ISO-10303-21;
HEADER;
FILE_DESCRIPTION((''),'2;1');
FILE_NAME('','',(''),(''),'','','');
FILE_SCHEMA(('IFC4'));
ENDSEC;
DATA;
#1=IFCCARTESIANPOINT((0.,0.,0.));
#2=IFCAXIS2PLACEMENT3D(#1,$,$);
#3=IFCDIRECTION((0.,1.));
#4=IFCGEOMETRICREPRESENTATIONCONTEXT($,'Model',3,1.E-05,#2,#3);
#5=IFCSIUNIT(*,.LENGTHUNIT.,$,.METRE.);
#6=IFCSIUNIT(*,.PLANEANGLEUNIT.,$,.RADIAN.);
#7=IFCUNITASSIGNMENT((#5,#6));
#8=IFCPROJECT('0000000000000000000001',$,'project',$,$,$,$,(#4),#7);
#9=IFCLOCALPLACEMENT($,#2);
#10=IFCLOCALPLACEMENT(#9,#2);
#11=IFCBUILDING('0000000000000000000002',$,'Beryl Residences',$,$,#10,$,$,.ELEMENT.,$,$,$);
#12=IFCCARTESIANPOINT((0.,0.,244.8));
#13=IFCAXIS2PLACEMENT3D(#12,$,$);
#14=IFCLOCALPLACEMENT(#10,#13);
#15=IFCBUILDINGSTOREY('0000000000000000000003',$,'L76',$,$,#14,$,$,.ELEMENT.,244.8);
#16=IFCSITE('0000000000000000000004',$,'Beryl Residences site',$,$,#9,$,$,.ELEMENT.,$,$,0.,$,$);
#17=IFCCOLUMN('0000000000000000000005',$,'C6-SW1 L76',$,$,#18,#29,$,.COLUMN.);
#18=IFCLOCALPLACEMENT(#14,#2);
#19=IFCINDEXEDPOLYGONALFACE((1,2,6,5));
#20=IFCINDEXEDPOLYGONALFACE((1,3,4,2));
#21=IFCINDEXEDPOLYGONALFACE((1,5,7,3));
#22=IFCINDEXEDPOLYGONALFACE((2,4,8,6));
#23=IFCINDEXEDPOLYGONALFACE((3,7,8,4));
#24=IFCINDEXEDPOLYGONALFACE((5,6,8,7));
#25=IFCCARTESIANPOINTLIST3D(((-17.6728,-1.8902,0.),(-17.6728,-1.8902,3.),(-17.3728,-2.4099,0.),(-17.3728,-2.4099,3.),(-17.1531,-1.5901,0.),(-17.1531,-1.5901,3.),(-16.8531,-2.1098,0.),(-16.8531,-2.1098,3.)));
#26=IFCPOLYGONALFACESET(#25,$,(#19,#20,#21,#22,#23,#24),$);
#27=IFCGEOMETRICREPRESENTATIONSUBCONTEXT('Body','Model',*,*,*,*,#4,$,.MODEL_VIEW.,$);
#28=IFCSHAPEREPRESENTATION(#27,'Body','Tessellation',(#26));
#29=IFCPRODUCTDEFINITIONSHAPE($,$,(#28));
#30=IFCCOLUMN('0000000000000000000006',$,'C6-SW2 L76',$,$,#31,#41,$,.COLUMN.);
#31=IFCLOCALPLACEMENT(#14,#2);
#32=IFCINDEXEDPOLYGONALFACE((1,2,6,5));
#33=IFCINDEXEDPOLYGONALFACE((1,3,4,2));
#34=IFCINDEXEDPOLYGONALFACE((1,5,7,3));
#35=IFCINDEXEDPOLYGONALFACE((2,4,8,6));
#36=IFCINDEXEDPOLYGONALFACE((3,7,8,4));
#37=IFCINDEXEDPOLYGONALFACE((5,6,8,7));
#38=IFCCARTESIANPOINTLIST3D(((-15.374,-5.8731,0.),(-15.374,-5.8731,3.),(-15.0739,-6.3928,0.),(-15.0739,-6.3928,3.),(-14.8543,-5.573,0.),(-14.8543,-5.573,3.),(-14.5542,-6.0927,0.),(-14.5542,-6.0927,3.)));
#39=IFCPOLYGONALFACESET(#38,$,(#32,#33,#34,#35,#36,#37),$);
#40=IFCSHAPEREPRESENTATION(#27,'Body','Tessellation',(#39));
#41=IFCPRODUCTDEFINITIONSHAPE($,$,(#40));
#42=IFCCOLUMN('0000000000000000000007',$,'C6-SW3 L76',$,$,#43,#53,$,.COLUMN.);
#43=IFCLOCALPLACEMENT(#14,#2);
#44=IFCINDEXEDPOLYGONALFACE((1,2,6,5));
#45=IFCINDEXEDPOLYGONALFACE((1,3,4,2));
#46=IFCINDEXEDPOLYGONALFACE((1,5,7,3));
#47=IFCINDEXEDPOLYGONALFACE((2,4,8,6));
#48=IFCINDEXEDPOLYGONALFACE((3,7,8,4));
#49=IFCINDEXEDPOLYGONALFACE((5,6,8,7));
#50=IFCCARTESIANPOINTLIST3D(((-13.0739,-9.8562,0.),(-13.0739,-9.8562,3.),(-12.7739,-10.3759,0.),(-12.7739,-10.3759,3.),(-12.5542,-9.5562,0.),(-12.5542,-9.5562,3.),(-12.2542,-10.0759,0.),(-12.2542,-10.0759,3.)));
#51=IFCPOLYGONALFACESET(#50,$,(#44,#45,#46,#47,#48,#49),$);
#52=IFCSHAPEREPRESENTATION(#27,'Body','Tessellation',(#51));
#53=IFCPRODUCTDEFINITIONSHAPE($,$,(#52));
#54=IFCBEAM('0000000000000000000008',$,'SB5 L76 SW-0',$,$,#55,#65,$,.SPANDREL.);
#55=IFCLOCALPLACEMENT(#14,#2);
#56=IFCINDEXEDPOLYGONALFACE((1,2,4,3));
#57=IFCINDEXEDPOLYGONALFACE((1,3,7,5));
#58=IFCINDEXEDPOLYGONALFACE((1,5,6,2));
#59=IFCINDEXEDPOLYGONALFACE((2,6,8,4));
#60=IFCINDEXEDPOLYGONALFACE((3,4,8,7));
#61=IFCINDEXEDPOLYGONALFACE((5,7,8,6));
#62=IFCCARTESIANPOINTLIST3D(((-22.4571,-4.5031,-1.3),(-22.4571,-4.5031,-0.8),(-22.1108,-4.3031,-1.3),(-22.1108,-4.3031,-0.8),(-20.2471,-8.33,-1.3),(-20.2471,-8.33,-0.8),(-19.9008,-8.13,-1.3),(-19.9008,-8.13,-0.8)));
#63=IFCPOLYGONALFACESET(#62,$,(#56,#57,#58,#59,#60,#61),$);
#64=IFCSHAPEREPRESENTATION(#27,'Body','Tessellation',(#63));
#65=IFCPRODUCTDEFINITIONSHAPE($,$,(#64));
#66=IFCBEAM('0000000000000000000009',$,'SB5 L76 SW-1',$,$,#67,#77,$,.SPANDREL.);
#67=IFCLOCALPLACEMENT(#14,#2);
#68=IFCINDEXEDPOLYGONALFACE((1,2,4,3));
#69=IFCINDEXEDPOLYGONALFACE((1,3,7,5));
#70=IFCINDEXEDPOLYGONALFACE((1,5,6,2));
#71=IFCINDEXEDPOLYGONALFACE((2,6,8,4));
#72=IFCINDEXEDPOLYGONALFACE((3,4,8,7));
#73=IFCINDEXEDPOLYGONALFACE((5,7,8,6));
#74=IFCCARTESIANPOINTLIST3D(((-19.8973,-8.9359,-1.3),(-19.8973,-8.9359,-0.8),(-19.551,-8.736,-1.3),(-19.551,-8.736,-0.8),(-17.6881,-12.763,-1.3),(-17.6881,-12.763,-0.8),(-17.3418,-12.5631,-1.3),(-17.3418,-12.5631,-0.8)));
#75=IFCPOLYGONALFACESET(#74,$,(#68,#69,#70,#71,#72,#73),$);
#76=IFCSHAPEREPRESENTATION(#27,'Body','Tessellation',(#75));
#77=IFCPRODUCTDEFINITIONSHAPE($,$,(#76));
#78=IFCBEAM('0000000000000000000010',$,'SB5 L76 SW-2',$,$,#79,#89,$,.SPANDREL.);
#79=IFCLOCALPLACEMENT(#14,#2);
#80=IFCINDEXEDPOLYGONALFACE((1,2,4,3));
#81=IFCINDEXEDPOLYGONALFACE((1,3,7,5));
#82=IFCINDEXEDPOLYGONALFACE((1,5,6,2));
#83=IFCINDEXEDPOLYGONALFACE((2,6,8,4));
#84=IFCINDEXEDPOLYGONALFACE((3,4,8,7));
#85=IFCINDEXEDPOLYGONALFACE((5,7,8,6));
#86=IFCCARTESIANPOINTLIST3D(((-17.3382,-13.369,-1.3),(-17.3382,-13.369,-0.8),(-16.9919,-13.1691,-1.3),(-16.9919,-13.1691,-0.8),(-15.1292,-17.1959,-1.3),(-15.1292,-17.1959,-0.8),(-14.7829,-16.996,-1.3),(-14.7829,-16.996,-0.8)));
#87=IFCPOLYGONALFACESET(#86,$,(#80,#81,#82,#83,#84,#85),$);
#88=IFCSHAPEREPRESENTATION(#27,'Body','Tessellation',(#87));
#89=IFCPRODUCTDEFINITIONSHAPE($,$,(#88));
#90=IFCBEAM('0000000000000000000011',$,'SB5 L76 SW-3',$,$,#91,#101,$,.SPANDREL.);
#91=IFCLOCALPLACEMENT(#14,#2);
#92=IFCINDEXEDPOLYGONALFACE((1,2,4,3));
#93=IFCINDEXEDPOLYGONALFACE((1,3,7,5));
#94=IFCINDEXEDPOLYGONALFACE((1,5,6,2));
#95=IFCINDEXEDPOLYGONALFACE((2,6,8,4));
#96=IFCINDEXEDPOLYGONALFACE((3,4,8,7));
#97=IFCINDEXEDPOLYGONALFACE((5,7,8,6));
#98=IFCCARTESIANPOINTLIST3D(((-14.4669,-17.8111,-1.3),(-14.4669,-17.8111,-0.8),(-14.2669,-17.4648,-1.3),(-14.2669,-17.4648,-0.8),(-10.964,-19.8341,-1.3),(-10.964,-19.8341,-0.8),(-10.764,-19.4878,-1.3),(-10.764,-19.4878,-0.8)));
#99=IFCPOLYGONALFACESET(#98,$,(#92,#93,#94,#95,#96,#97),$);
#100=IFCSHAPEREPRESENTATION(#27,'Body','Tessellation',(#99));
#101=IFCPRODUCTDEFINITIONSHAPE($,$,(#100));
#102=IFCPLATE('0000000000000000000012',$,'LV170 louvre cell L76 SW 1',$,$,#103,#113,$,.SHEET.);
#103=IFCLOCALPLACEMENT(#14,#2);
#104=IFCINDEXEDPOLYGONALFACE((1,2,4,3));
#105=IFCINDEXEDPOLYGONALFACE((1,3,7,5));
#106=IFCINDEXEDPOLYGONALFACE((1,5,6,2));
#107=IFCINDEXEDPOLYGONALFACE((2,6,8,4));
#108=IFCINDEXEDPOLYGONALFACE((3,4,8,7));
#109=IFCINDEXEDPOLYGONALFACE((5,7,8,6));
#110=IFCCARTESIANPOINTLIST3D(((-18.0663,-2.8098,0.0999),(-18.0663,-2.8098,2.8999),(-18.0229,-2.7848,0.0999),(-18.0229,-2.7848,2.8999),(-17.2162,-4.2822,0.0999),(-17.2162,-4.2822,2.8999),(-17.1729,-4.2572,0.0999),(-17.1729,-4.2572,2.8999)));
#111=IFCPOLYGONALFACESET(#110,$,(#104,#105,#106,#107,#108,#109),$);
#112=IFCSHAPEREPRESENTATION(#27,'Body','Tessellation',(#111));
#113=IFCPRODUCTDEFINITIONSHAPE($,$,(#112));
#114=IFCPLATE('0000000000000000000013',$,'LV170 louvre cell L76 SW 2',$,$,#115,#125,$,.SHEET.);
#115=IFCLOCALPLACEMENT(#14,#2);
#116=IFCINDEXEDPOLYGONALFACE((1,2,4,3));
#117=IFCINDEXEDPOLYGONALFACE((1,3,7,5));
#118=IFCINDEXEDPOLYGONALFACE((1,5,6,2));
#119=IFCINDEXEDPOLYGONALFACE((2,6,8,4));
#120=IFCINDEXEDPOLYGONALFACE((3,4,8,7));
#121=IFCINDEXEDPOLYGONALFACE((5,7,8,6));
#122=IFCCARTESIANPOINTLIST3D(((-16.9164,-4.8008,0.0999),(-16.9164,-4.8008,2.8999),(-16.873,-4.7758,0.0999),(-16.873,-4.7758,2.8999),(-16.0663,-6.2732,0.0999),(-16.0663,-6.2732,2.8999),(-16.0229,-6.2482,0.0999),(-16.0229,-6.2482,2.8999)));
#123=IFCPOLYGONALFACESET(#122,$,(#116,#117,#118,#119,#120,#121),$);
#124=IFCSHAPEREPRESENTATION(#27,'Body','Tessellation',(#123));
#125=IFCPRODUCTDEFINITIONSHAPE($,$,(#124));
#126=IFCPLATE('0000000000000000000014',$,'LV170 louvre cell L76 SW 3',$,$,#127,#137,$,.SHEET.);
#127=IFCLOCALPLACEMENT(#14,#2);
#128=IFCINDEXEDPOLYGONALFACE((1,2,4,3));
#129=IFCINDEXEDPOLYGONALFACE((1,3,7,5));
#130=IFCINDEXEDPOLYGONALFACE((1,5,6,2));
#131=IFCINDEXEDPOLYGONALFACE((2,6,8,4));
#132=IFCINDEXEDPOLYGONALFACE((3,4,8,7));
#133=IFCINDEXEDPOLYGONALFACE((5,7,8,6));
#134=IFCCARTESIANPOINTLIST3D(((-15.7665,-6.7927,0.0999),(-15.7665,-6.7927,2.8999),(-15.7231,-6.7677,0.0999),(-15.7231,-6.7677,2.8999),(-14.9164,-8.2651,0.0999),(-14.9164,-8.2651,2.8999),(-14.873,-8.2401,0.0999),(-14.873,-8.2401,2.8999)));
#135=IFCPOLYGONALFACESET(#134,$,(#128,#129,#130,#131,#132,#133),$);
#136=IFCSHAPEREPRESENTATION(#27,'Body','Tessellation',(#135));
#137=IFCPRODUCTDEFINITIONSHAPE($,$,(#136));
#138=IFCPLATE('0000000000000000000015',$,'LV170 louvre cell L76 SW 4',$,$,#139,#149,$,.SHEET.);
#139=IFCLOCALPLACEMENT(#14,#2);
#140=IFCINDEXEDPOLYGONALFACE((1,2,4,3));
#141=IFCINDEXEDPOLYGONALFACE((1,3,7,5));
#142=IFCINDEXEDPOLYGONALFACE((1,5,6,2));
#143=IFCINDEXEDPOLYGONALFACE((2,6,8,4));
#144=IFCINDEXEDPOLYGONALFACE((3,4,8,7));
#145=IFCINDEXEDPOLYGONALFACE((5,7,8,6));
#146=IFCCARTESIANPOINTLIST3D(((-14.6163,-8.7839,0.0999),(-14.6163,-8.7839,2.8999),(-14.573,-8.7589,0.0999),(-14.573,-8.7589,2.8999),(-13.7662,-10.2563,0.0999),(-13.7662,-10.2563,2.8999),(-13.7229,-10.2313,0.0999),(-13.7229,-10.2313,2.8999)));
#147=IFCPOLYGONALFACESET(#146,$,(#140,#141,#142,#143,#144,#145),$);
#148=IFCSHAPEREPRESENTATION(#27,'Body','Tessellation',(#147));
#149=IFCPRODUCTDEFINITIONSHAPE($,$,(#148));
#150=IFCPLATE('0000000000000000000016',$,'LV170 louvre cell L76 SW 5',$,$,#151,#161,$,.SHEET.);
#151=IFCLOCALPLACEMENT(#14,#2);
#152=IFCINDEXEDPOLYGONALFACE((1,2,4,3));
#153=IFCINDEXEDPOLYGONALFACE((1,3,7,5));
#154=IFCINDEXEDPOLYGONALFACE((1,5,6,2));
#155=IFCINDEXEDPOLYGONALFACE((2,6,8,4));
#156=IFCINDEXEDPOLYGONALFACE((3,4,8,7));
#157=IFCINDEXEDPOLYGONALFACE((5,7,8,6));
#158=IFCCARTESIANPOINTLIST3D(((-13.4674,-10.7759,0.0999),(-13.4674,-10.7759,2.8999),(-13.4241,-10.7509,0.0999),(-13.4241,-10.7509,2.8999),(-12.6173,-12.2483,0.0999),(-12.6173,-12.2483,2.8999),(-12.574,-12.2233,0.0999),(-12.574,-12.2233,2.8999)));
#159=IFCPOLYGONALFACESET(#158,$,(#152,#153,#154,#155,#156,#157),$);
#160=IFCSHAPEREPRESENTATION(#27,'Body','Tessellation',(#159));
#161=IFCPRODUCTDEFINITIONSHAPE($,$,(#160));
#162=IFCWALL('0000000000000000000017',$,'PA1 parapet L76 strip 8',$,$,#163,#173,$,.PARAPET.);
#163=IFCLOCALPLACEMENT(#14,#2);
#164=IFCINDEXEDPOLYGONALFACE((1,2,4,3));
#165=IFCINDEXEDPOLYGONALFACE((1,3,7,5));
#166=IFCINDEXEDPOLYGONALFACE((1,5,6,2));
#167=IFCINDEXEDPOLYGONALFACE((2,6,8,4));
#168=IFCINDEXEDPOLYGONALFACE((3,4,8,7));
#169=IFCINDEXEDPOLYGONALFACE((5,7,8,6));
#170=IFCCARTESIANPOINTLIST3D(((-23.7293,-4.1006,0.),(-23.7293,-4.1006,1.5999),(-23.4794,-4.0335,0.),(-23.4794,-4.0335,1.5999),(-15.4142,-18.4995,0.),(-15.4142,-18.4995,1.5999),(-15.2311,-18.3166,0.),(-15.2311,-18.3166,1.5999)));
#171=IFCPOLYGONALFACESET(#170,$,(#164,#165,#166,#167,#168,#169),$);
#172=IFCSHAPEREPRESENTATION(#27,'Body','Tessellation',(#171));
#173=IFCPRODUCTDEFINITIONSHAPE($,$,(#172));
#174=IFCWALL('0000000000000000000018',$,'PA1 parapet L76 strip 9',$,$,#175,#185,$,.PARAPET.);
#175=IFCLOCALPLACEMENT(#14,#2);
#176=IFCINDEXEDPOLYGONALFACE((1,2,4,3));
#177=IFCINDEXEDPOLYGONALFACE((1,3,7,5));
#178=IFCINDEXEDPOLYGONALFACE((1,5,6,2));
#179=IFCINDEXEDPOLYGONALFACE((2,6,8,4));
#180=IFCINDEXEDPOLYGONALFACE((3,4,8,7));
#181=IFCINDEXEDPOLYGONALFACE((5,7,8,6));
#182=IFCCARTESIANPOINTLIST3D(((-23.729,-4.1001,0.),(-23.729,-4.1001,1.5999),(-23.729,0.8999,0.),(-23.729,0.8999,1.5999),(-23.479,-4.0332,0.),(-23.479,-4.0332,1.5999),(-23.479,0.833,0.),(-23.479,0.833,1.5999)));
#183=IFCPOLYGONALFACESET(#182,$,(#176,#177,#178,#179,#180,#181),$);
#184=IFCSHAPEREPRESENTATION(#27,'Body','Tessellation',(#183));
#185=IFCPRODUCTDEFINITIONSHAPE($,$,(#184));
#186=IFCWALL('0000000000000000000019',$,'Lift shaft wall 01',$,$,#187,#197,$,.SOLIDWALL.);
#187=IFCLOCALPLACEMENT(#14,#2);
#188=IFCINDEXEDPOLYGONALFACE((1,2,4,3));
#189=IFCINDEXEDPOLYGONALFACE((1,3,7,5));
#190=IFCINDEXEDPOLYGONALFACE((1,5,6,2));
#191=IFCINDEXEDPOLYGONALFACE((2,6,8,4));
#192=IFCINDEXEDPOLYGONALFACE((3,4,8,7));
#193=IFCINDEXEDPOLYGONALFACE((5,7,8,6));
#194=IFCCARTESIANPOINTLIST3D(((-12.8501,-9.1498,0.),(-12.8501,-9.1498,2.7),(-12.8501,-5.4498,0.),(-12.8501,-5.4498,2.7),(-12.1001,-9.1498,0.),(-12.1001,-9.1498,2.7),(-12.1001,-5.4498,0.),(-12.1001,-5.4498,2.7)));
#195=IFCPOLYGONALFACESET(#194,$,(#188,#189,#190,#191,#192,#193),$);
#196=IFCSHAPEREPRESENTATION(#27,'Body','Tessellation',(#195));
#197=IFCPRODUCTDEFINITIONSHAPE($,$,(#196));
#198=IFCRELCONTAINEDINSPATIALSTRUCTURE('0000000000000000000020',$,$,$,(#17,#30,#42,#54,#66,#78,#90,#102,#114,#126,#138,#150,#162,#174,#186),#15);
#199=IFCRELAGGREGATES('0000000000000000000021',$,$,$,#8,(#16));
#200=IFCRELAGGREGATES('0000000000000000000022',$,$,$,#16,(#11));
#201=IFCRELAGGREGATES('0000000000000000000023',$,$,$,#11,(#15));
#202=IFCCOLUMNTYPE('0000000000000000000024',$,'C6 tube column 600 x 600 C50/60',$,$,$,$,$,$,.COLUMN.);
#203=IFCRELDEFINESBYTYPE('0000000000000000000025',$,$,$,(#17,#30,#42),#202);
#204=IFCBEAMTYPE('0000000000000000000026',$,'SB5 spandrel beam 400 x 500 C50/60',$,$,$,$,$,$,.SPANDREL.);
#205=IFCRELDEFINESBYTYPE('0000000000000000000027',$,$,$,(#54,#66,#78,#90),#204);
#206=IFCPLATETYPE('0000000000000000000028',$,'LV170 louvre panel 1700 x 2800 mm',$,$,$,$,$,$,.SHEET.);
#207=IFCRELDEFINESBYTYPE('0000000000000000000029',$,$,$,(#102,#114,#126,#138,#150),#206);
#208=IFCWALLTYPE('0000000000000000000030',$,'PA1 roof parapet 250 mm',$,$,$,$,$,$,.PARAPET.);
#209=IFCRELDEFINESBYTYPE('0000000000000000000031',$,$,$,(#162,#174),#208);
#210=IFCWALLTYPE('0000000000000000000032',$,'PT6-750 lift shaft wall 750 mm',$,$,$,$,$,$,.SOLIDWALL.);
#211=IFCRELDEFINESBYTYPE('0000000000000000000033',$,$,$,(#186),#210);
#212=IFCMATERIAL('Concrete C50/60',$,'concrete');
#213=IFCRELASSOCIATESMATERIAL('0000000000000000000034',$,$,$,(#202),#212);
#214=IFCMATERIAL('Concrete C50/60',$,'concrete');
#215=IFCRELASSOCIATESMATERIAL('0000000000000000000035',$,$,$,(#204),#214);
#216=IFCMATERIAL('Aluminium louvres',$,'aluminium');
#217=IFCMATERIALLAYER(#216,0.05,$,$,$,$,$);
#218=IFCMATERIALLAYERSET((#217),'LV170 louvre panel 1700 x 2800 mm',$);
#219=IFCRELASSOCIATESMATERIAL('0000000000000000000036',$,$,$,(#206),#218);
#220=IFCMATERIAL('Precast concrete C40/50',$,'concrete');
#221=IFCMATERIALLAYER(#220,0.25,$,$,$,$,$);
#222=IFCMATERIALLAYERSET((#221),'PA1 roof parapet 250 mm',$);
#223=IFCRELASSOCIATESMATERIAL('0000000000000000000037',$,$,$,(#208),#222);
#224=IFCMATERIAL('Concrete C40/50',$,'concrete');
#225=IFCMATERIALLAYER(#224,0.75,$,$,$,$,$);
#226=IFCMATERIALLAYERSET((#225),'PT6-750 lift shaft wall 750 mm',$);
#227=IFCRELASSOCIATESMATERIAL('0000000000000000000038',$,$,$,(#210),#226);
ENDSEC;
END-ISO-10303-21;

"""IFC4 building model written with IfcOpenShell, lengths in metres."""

from ifc_helpers import new_model, si_unit, direction, frame, frame_2d, origin, origin_2d, place, context, subcontext, project, spatial, polyline, rectangle, outline, extrude, source, transform, mapped, material, layer, layer_set, material_profile, profile_set, type_object, type_shapes, element, save


model = new_model("IFC4")

# Units and contexts
model_context = context("Model", 3, precision=1e-05, world=origin(), true_north=direction((0.0, 1.0)))
body_context = subcontext(model_context, "Body", "Model", "MODEL_VIEW")
ifc_project = project(units=[si_unit("LENGTHUNIT", "METRE"), si_unit("PLANEANGLEUNIT", "RADIAN")], contexts=[model_context])

# Site, building, storey
site_placement = place(None, origin())
site = spatial("IfcSite", under=ifc_project, at=site_placement, Name="Beryl Residences site", CompositionType="ELEMENT", RefElevation=0.0)
building_placement = place(site_placement, origin())
building = spatial("IfcBuilding", under=site, at=building_placement, Name="Beryl Residences", CompositionType="ELEMENT")
storey_placement = place(building_placement, frame((0.0, 0.0, 244.8)))
storey = spatial("IfcBuildingStorey", under=building, at=storey_placement, Name="L76", CompositionType="ELEMENT", Elevation=244.8)

# Columns
ifc_material_1 = material(Name="Concrete C50/60", Category="concrete")
ifc_material_profile_1 = material_profile(ifc_material_1, rectangle(XDim=0.6001, YDim=0.6001, at=origin_2d()))
ifc_profile_set_1 = profile_set([ifc_material_profile_1], Name="Concrete C50/60")
column_type = type_object("IfcColumnType", Name="C6 tube column 600 x 600 C50/60", PredefinedType="COLUMN", material=ifc_profile_set_1)
for number, where, z_axis, x_axis, name in (
    (1, (-17.2629, -2.0, 0.0), (0.0, 0.0, 1.0), (0.5, -0.866025, 0.0), "C6-SW1 L76"),
    (2, (-14.9641, -5.9829, 0.0), (0.0, 0.0, 1.0), (0.5, -0.866025, 0.0), "C6-SW2 L76"),
    (3, (-12.6641, -9.9661, 0.0), (0.0, 0.0, 1.0), (0.5, -0.866025, 0.0), "C6-SW3 L76"),
):
    element("IfcColumn", number, at=place(storey_placement, frame(where, z_axis=z_axis, x_axis=x_axis)), inside=storey, type_object=column_type, Name=name, PredefinedType="COLUMN", context=body_context, shape_type="SweptSolid", body=[
        extrude(rectangle(XDim=0.6001, YDim=0.6001, at=origin_2d()), origin(), (0.0, 0.0, 1.0), 3.0),
    ])

# Beams
ifc_material_2 = material(Name="Concrete C50/60", Category="concrete")
ifc_material_profile_2 = material_profile(ifc_material_2, rectangle(XDim=0.3999, YDim=0.5, at=origin_2d()))
ifc_profile_set_2 = profile_set([ifc_material_profile_2], Name="Concrete C50/60")
beam_type = type_object("IfcBeamType", Name="SB5 spandrel beam 400 x 500 C50/60", PredefinedType="SPANDREL", material=ifc_profile_set_2)
beam_1_placement = place(storey_placement, frame((-22.2839, -4.4031, -1.05), z_axis=(0.500084, -0.865977, 0.0), x_axis=(0.865977, 0.500084, 0.0)))
element("IfcBeam", 4, at=beam_1_placement, inside=storey, type_object=beam_type, Name="SB5 L76 SW-0", PredefinedType="SPANDREL", context=body_context, shape_type="SweptSolid", body=[
    extrude(rectangle(XDim=0.3999, YDim=0.5, at=origin_2d()), origin(), (0.0, 0.0, 1.0), 4.4192),
])
beam_2_placement = place(storey_placement, frame((-19.7241, -8.8359, -1.05), z_axis=(0.499936, -0.866062, 0.0), x_axis=(0.866062, 0.499936, 0.0)))
element("IfcBeam", 5, at=beam_2_placement, inside=storey, type_object=beam_type, Name="SB5 L76 SW-1", PredefinedType="SPANDREL", context=body_context, shape_type="SweptSolid", body=[
    extrude(rectangle(XDim=0.3999, YDim=0.5, at=origin_2d()), origin(), (0.0, 0.0, 1.0), 4.4189),
])
beam_3_placement = place(storey_placement, frame((-17.165, -13.269, -1.05), z_axis=(0.499919, -0.866072, 0.0), x_axis=(0.866072, 0.499919, 0.0)))
element("IfcBeam", 6, at=beam_3_placement, inside=storey, type_object=beam_type, Name="SB5 L76 SW-2", PredefinedType="SPANDREL", context=body_context, shape_type="SweptSolid", body=[
    extrude(rectangle(XDim=0.3999, YDim=0.5, at=origin_2d()), origin(), (0.0, 0.0, 1.0), 4.4187),
])
beam_4_placement = place(storey_placement, frame((-14.3669, -17.6379, -1.05), z_axis=(0.865968, -0.500099, 0.0), x_axis=(0.500099, 0.865968, 0.0)))
element("IfcBeam", 7, at=beam_4_placement, inside=storey, type_object=beam_type, Name="SB5 L76 SW-3", PredefinedType="SPANDREL", context=body_context, shape_type="SweptSolid", body=[
    extrude(rectangle(XDim=0.3999, YDim=0.5, at=origin_2d()), origin(), (0.0, 0.0, 1.0), 4.0452),
])

# Plates
ifc_material_3 = material(Name="Aluminium louvres", Category="aluminium")
ifc_layer_1 = layer(ifc_material_3, 0.05)
ifc_layer_set_1 = layer_set([ifc_layer_1], Name="LV170 louvre panel 1700 x 2800 mm")
plate_type = type_object("IfcPlateType", Name="LV170 louvre panel 1700 x 2800 mm", PredefinedType="SHEET", material=ifc_layer_set_1)
shared_shape_1 = source(origin(), body_context, "Body", "SweptSolid", [
    extrude(outline(polyline([(-0.8501, 0.0), (0.8501, 0.0), (0.8501, 0.05), (-0.8501, 0.05), (-0.8501, 0.0)])), origin(), (0.0, 0.0, 1.0), 2.8),
])
type_shapes(plate_type, [shared_shape_1])
for number, where, z_axis, x_axis, name in (
    (8, (-17.5979, -3.521, 0.0999), (0.0, 0.0, 1.0), (-0.5, 0.866025, 0.0), "LV170 louvre cell L76 SW 1"),
    (9, (-16.448, -5.512, 0.0999), (0.0, 0.0, 1.0), (-0.5, 0.866025, 0.0), "LV170 louvre cell L76 SW 2"),
    (10, (-15.2981, -7.5039, 0.0999), (0.0, 0.0, 1.0), (-0.5, 0.866025, 0.0), "LV170 louvre cell L76 SW 3"),
    (11, (-14.1479, -9.4951, 0.0999), (0.0, 0.0, 1.0), (-0.5, 0.866025, 0.0), "LV170 louvre cell L76 SW 4"),
    (12, (-12.999, -11.4871, 0.0999), (0.0, 0.0, 1.0), (-0.5, 0.866025, 0.0), "LV170 louvre cell L76 SW 5"),
):
    element("IfcPlate", number, at=place(storey_placement, frame(where, z_axis=z_axis, x_axis=x_axis)), inside=storey, type_object=plate_type, Name=name, PredefinedType="SHEET", context=body_context, shape_type="MappedRepresentation", body=[
        mapped(shared_shape_1, transform((0.0, 0.0, 0.0))),
    ])

# Walls
ifc_material_4 = material(Name="Precast concrete C40/50", Category="concrete")
ifc_layer_2 = layer(ifc_material_4, 0.25)
ifc_layer_set_2 = layer_set([ifc_layer_2], Name="PA1 roof parapet 250 mm")
wall_type_1 = type_object("IfcWallType", Name="PA1 roof parapet 250 mm", PredefinedType="PARAPET", material=ifc_layer_set_2)
wall_1_placement = place(storey_placement, frame((-15.3059, -18.437, 0.0), z_axis=(0.0, 0.0, 1.0), x_axis=(-0.500088, 0.865974, 0.0)))
element("IfcWall", 13, at=wall_1_placement, inside=storey, type_object=wall_type_1, Name="PA1 parapet L76 strip 8", PredefinedType="PARAPET", context=body_context, shape_type="SweptSolid", body=[
    extrude(outline(polyline([(0.0669, -0.125), (16.5605, -0.125), (16.6274, 0.125), (0.0, 0.125), (0.0669, -0.125)])), origin(), (0.0, 0.0, 1.0), 1.5999),
])
wall_2_placement = place(storey_placement, frame((-23.604, -4.1001, 0.0), z_axis=(0.0, 0.0, 1.0), x_axis=(0.0, 1.0, 0.0)))
element("IfcWall", 14, at=wall_2_placement, inside=storey, type_object=wall_type_1, Name="PA1 parapet L76 strip 9", PredefinedType="PARAPET", context=body_context, shape_type="SweptSolid", body=[
    extrude(outline(polyline([(0.0669, -0.125), (4.9331, -0.125), (5.0, 0.125), (0.0, 0.125), (0.0669, -0.125)])), origin(), (0.0, 0.0, 1.0), 1.5999),
])
ifc_material_5 = material(Name="Concrete C40/50", Category="concrete")
ifc_layer_3 = layer(ifc_material_5, 0.75)
ifc_layer_set_3 = layer_set([ifc_layer_3], Name="PT6-750 lift shaft wall 750 mm")
wall_type_2 = type_object("IfcWallType", Name="PT6-750 lift shaft wall 750 mm", PredefinedType="SOLIDWALL", material=ifc_layer_set_3)
wall_3_placement = place(storey_placement, frame((-12.4751, -9.1499, 0.0), z_axis=(0.0, 0.0, 1.0), x_axis=(0.0, 1.0, 0.0)))
element("IfcWall", 15, at=wall_3_placement, inside=storey, type_object=wall_type_2, Name="Lift shaft wall 01", PredefinedType="SOLIDWALL", context=body_context, shape_type="SweptSolid", body=[
    extrude(rectangle(XDim=3.7, YDim=0.75, at=frame_2d((1.8501, 0.0))), origin(), (0.0, 0.0, 1.0), 2.7),
])

save(model, "model.ifc")
